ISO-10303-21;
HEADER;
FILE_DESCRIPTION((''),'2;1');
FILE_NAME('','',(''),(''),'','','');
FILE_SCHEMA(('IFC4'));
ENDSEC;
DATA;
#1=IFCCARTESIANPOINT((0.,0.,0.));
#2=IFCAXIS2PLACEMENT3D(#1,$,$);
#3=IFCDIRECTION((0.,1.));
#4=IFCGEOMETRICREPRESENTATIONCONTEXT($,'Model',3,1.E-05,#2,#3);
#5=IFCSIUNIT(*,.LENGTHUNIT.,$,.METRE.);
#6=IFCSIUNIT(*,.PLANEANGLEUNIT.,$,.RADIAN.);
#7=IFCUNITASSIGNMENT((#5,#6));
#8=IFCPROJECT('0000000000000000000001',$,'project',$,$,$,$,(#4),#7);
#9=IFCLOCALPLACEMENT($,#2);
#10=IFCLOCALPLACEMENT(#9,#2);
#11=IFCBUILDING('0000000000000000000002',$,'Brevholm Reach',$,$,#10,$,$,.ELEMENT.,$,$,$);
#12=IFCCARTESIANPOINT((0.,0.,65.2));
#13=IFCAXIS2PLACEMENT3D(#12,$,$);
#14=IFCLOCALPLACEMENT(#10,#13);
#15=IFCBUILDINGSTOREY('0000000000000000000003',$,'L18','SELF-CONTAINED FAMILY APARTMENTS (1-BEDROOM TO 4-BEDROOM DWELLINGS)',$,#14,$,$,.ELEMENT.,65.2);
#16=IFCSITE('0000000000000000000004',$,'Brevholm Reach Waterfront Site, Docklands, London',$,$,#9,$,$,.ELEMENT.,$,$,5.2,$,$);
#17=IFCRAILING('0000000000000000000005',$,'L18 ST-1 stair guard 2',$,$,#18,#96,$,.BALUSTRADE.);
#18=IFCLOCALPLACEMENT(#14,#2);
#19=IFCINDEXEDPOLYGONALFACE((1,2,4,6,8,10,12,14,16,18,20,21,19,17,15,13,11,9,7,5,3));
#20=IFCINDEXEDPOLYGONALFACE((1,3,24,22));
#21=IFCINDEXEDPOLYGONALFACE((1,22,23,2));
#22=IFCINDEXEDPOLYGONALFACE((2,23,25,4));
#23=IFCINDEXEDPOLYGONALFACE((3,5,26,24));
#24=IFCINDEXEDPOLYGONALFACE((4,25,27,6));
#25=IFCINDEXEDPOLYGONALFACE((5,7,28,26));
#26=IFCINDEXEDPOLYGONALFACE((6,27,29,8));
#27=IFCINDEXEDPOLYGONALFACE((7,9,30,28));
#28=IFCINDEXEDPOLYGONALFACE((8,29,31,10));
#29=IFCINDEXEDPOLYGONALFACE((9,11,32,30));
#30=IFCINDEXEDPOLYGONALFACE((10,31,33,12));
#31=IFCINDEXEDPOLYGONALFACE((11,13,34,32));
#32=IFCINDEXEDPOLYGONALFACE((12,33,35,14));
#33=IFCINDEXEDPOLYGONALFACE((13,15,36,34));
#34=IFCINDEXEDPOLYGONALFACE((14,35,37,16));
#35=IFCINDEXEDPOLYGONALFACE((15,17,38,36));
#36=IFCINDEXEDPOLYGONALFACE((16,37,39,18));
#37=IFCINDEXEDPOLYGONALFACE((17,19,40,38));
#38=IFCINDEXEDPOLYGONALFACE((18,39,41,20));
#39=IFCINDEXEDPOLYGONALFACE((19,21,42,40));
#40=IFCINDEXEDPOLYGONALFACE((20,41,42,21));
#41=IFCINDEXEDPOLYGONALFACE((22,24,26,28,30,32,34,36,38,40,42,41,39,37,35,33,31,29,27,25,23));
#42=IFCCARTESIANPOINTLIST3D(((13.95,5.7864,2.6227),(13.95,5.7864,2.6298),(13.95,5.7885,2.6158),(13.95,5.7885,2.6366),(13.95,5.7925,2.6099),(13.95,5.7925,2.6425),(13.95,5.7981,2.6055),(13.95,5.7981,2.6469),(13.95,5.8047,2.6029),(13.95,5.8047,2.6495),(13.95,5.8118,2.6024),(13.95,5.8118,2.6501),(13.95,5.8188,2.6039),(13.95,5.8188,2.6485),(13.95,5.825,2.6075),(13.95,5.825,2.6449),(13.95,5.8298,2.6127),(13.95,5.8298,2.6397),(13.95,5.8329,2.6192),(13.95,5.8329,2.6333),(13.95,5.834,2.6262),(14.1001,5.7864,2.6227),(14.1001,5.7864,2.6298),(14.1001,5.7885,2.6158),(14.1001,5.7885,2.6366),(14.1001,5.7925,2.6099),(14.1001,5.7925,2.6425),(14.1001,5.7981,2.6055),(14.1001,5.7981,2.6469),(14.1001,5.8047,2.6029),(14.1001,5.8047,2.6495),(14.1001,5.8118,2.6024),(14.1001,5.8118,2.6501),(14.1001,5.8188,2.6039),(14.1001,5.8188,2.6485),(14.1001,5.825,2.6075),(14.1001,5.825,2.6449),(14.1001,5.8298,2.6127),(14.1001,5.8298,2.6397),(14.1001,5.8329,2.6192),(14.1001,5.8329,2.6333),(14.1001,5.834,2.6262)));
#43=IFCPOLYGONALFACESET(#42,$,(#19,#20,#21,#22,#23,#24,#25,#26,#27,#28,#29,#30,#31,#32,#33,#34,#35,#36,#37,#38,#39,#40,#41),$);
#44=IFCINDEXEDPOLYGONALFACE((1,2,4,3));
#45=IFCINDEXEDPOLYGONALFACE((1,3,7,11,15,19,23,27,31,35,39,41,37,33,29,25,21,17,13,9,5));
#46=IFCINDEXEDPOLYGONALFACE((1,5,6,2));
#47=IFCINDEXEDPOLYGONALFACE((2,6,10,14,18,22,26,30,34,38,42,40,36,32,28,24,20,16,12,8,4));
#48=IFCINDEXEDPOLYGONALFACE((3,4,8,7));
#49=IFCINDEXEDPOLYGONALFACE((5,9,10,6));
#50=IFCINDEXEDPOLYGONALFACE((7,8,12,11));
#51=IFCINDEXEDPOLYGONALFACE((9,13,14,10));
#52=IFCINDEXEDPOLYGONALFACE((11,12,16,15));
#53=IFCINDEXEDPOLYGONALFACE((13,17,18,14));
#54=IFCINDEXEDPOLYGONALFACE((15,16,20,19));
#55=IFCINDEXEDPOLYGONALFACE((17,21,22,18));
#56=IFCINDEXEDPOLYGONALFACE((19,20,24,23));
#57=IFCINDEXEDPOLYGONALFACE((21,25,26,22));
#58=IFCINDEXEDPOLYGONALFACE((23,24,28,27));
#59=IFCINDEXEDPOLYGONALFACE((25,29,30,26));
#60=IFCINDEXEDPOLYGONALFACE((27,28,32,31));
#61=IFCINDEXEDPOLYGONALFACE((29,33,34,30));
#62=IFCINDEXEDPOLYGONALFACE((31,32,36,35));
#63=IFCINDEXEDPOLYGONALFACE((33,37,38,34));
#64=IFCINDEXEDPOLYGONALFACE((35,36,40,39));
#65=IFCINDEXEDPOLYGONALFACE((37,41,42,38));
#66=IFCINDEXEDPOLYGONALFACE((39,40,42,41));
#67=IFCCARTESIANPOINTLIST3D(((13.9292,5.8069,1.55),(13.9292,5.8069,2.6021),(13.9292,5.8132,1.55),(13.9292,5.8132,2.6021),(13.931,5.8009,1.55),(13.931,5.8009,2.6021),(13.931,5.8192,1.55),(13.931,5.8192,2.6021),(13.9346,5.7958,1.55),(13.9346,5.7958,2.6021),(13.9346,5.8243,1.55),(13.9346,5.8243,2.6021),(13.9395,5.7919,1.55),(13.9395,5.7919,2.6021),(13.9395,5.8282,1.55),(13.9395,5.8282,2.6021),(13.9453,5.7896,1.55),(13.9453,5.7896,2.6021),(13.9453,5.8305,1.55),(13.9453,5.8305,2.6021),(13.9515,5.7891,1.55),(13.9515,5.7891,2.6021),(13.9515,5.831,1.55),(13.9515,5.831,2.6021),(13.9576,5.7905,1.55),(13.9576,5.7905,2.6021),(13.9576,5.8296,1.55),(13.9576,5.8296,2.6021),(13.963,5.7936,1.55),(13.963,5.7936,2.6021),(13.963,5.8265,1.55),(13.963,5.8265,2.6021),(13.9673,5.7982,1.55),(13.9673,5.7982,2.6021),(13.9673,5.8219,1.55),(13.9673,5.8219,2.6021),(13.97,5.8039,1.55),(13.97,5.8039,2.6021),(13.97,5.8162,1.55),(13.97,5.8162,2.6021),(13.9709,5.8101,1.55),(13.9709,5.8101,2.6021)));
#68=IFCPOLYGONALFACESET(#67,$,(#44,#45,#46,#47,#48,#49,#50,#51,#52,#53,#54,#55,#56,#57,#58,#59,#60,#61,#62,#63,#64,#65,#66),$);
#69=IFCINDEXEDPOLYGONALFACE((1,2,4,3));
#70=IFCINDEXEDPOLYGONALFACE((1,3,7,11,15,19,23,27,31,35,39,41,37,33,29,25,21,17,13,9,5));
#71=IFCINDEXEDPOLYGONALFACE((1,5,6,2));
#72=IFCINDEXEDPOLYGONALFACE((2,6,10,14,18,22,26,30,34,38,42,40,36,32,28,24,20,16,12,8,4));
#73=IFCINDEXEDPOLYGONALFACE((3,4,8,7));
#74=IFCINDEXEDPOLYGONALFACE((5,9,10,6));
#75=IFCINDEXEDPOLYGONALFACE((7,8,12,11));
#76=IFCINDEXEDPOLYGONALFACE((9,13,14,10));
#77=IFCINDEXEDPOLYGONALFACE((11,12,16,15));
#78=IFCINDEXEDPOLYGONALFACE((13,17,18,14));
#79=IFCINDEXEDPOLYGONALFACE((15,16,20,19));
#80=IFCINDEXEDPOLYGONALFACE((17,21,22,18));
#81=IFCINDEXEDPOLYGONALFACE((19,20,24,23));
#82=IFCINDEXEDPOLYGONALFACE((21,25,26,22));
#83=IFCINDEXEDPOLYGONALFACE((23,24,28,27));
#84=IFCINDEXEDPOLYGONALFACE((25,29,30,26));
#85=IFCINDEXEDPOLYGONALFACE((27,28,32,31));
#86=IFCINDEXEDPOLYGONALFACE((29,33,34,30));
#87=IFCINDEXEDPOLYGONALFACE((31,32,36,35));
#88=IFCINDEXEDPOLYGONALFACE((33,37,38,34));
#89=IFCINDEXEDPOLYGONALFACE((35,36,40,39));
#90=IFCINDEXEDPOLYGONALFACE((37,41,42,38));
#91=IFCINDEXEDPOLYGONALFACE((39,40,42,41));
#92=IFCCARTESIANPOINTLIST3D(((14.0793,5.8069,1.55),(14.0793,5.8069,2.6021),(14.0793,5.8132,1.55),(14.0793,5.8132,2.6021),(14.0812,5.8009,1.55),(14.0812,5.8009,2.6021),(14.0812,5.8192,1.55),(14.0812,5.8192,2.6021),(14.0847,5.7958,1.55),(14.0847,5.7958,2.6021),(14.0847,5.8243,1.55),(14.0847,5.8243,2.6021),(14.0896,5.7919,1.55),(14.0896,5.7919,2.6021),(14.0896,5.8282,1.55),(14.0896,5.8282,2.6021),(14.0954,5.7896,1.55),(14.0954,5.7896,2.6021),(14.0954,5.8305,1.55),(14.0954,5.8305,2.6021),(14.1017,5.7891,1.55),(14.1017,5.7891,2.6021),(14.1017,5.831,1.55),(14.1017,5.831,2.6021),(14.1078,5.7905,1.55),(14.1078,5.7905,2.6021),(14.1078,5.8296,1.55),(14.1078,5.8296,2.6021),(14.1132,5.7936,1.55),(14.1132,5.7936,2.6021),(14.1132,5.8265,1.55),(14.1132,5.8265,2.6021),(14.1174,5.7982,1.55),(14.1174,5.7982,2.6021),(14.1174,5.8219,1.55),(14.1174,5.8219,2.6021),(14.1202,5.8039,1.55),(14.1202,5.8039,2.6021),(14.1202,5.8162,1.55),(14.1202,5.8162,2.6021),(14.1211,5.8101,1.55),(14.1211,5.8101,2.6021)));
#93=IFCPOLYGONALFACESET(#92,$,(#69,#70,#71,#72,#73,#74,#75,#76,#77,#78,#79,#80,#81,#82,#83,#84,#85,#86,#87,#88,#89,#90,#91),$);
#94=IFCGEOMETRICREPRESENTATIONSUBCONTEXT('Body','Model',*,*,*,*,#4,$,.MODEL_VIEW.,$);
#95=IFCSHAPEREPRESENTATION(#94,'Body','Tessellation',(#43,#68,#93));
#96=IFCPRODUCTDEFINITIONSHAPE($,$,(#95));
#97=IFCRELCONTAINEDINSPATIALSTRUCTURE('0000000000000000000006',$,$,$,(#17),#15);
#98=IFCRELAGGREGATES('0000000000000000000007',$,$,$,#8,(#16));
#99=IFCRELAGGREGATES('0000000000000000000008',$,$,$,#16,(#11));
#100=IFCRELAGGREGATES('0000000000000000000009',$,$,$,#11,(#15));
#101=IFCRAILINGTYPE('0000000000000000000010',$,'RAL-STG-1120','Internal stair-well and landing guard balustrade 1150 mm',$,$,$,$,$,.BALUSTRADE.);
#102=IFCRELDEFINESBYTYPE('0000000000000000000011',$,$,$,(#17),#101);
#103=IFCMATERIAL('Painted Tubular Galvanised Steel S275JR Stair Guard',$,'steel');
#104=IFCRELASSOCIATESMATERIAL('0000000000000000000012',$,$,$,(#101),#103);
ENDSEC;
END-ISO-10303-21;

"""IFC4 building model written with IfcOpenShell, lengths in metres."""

from ifc_helpers import new_model, si_unit, direction, frame, origin, origin_2d, place, context, subcontext, project, spatial, circle, extrude, material, type_object, element, save


model = new_model("IFC4")

# Units and contexts
model_context = context("Model", 3, precision=1e-05, world=origin(), true_north=direction((0.0, 1.0)))
body_context = subcontext(model_context, "Body", "Model", "MODEL_VIEW")
ifc_project = project(units=[si_unit("LENGTHUNIT", "METRE"), si_unit("PLANEANGLEUNIT", "RADIAN")], contexts=[model_context])

# Site, building, storey
site_placement = place(None, origin())
site = spatial("IfcSite", under=ifc_project, at=site_placement, Name="Brevholm Reach Waterfront Site, Docklands, London", CompositionType="ELEMENT", RefElevation=5.2)
building_placement = place(site_placement, origin())
building = spatial("IfcBuilding", under=site, at=building_placement, Name="Brevholm Reach", CompositionType="ELEMENT")
storey_placement = place(building_placement, frame((0.0, 0.0, 65.2)))
storey = spatial("IfcBuildingStorey", under=building, at=storey_placement, Name="L18", Description="SELF-CONTAINED FAMILY APARTMENTS (1-BEDROOM TO 4-BEDROOM DWELLINGS)", CompositionType="ELEMENT", Elevation=65.2)

# Railing
ifc_material_1 = material(Name="Painted Tubular Galvanised Steel S275JR Stair Guard", Category="steel")
railing_type_1 = type_object("IfcRailingType", Name="RAL-STG-1120", Description="Internal stair-well and landing guard balustrade 1150 mm", PredefinedType="BALUSTRADE", material=ifc_material_1)
railing_1_placement = place(storey_placement, frame((13.95, 5.8101, 1.55)))
element("IfcRailing", 1, at=railing_1_placement, inside=storey, type_object=railing_type_1, Name="L18 ST-1 stair guard 2", PredefinedType="BALUSTRADE", context=body_context, shape_type="SweptSolid", body=[
    extrude(circle(Radius=0.0239, at=origin_2d()), frame((0.0, 0.0, 1.0762), z_axis=(1.0, 0.0, 0.0), x_axis=(0.0, 1.0, 0.0)), (0.0, 0.0, 1.0), 0.1501),
    extrude(circle(Radius=0.021, at=origin_2d()), origin(), (0.0, 0.0, 1.0), 1.052),
    extrude(circle(Radius=0.021, at=origin_2d()), frame((0.1501, 0.0, 0.0)), (0.0, 0.0, 1.0), 1.052),
])

save(model, "model.ifc")
